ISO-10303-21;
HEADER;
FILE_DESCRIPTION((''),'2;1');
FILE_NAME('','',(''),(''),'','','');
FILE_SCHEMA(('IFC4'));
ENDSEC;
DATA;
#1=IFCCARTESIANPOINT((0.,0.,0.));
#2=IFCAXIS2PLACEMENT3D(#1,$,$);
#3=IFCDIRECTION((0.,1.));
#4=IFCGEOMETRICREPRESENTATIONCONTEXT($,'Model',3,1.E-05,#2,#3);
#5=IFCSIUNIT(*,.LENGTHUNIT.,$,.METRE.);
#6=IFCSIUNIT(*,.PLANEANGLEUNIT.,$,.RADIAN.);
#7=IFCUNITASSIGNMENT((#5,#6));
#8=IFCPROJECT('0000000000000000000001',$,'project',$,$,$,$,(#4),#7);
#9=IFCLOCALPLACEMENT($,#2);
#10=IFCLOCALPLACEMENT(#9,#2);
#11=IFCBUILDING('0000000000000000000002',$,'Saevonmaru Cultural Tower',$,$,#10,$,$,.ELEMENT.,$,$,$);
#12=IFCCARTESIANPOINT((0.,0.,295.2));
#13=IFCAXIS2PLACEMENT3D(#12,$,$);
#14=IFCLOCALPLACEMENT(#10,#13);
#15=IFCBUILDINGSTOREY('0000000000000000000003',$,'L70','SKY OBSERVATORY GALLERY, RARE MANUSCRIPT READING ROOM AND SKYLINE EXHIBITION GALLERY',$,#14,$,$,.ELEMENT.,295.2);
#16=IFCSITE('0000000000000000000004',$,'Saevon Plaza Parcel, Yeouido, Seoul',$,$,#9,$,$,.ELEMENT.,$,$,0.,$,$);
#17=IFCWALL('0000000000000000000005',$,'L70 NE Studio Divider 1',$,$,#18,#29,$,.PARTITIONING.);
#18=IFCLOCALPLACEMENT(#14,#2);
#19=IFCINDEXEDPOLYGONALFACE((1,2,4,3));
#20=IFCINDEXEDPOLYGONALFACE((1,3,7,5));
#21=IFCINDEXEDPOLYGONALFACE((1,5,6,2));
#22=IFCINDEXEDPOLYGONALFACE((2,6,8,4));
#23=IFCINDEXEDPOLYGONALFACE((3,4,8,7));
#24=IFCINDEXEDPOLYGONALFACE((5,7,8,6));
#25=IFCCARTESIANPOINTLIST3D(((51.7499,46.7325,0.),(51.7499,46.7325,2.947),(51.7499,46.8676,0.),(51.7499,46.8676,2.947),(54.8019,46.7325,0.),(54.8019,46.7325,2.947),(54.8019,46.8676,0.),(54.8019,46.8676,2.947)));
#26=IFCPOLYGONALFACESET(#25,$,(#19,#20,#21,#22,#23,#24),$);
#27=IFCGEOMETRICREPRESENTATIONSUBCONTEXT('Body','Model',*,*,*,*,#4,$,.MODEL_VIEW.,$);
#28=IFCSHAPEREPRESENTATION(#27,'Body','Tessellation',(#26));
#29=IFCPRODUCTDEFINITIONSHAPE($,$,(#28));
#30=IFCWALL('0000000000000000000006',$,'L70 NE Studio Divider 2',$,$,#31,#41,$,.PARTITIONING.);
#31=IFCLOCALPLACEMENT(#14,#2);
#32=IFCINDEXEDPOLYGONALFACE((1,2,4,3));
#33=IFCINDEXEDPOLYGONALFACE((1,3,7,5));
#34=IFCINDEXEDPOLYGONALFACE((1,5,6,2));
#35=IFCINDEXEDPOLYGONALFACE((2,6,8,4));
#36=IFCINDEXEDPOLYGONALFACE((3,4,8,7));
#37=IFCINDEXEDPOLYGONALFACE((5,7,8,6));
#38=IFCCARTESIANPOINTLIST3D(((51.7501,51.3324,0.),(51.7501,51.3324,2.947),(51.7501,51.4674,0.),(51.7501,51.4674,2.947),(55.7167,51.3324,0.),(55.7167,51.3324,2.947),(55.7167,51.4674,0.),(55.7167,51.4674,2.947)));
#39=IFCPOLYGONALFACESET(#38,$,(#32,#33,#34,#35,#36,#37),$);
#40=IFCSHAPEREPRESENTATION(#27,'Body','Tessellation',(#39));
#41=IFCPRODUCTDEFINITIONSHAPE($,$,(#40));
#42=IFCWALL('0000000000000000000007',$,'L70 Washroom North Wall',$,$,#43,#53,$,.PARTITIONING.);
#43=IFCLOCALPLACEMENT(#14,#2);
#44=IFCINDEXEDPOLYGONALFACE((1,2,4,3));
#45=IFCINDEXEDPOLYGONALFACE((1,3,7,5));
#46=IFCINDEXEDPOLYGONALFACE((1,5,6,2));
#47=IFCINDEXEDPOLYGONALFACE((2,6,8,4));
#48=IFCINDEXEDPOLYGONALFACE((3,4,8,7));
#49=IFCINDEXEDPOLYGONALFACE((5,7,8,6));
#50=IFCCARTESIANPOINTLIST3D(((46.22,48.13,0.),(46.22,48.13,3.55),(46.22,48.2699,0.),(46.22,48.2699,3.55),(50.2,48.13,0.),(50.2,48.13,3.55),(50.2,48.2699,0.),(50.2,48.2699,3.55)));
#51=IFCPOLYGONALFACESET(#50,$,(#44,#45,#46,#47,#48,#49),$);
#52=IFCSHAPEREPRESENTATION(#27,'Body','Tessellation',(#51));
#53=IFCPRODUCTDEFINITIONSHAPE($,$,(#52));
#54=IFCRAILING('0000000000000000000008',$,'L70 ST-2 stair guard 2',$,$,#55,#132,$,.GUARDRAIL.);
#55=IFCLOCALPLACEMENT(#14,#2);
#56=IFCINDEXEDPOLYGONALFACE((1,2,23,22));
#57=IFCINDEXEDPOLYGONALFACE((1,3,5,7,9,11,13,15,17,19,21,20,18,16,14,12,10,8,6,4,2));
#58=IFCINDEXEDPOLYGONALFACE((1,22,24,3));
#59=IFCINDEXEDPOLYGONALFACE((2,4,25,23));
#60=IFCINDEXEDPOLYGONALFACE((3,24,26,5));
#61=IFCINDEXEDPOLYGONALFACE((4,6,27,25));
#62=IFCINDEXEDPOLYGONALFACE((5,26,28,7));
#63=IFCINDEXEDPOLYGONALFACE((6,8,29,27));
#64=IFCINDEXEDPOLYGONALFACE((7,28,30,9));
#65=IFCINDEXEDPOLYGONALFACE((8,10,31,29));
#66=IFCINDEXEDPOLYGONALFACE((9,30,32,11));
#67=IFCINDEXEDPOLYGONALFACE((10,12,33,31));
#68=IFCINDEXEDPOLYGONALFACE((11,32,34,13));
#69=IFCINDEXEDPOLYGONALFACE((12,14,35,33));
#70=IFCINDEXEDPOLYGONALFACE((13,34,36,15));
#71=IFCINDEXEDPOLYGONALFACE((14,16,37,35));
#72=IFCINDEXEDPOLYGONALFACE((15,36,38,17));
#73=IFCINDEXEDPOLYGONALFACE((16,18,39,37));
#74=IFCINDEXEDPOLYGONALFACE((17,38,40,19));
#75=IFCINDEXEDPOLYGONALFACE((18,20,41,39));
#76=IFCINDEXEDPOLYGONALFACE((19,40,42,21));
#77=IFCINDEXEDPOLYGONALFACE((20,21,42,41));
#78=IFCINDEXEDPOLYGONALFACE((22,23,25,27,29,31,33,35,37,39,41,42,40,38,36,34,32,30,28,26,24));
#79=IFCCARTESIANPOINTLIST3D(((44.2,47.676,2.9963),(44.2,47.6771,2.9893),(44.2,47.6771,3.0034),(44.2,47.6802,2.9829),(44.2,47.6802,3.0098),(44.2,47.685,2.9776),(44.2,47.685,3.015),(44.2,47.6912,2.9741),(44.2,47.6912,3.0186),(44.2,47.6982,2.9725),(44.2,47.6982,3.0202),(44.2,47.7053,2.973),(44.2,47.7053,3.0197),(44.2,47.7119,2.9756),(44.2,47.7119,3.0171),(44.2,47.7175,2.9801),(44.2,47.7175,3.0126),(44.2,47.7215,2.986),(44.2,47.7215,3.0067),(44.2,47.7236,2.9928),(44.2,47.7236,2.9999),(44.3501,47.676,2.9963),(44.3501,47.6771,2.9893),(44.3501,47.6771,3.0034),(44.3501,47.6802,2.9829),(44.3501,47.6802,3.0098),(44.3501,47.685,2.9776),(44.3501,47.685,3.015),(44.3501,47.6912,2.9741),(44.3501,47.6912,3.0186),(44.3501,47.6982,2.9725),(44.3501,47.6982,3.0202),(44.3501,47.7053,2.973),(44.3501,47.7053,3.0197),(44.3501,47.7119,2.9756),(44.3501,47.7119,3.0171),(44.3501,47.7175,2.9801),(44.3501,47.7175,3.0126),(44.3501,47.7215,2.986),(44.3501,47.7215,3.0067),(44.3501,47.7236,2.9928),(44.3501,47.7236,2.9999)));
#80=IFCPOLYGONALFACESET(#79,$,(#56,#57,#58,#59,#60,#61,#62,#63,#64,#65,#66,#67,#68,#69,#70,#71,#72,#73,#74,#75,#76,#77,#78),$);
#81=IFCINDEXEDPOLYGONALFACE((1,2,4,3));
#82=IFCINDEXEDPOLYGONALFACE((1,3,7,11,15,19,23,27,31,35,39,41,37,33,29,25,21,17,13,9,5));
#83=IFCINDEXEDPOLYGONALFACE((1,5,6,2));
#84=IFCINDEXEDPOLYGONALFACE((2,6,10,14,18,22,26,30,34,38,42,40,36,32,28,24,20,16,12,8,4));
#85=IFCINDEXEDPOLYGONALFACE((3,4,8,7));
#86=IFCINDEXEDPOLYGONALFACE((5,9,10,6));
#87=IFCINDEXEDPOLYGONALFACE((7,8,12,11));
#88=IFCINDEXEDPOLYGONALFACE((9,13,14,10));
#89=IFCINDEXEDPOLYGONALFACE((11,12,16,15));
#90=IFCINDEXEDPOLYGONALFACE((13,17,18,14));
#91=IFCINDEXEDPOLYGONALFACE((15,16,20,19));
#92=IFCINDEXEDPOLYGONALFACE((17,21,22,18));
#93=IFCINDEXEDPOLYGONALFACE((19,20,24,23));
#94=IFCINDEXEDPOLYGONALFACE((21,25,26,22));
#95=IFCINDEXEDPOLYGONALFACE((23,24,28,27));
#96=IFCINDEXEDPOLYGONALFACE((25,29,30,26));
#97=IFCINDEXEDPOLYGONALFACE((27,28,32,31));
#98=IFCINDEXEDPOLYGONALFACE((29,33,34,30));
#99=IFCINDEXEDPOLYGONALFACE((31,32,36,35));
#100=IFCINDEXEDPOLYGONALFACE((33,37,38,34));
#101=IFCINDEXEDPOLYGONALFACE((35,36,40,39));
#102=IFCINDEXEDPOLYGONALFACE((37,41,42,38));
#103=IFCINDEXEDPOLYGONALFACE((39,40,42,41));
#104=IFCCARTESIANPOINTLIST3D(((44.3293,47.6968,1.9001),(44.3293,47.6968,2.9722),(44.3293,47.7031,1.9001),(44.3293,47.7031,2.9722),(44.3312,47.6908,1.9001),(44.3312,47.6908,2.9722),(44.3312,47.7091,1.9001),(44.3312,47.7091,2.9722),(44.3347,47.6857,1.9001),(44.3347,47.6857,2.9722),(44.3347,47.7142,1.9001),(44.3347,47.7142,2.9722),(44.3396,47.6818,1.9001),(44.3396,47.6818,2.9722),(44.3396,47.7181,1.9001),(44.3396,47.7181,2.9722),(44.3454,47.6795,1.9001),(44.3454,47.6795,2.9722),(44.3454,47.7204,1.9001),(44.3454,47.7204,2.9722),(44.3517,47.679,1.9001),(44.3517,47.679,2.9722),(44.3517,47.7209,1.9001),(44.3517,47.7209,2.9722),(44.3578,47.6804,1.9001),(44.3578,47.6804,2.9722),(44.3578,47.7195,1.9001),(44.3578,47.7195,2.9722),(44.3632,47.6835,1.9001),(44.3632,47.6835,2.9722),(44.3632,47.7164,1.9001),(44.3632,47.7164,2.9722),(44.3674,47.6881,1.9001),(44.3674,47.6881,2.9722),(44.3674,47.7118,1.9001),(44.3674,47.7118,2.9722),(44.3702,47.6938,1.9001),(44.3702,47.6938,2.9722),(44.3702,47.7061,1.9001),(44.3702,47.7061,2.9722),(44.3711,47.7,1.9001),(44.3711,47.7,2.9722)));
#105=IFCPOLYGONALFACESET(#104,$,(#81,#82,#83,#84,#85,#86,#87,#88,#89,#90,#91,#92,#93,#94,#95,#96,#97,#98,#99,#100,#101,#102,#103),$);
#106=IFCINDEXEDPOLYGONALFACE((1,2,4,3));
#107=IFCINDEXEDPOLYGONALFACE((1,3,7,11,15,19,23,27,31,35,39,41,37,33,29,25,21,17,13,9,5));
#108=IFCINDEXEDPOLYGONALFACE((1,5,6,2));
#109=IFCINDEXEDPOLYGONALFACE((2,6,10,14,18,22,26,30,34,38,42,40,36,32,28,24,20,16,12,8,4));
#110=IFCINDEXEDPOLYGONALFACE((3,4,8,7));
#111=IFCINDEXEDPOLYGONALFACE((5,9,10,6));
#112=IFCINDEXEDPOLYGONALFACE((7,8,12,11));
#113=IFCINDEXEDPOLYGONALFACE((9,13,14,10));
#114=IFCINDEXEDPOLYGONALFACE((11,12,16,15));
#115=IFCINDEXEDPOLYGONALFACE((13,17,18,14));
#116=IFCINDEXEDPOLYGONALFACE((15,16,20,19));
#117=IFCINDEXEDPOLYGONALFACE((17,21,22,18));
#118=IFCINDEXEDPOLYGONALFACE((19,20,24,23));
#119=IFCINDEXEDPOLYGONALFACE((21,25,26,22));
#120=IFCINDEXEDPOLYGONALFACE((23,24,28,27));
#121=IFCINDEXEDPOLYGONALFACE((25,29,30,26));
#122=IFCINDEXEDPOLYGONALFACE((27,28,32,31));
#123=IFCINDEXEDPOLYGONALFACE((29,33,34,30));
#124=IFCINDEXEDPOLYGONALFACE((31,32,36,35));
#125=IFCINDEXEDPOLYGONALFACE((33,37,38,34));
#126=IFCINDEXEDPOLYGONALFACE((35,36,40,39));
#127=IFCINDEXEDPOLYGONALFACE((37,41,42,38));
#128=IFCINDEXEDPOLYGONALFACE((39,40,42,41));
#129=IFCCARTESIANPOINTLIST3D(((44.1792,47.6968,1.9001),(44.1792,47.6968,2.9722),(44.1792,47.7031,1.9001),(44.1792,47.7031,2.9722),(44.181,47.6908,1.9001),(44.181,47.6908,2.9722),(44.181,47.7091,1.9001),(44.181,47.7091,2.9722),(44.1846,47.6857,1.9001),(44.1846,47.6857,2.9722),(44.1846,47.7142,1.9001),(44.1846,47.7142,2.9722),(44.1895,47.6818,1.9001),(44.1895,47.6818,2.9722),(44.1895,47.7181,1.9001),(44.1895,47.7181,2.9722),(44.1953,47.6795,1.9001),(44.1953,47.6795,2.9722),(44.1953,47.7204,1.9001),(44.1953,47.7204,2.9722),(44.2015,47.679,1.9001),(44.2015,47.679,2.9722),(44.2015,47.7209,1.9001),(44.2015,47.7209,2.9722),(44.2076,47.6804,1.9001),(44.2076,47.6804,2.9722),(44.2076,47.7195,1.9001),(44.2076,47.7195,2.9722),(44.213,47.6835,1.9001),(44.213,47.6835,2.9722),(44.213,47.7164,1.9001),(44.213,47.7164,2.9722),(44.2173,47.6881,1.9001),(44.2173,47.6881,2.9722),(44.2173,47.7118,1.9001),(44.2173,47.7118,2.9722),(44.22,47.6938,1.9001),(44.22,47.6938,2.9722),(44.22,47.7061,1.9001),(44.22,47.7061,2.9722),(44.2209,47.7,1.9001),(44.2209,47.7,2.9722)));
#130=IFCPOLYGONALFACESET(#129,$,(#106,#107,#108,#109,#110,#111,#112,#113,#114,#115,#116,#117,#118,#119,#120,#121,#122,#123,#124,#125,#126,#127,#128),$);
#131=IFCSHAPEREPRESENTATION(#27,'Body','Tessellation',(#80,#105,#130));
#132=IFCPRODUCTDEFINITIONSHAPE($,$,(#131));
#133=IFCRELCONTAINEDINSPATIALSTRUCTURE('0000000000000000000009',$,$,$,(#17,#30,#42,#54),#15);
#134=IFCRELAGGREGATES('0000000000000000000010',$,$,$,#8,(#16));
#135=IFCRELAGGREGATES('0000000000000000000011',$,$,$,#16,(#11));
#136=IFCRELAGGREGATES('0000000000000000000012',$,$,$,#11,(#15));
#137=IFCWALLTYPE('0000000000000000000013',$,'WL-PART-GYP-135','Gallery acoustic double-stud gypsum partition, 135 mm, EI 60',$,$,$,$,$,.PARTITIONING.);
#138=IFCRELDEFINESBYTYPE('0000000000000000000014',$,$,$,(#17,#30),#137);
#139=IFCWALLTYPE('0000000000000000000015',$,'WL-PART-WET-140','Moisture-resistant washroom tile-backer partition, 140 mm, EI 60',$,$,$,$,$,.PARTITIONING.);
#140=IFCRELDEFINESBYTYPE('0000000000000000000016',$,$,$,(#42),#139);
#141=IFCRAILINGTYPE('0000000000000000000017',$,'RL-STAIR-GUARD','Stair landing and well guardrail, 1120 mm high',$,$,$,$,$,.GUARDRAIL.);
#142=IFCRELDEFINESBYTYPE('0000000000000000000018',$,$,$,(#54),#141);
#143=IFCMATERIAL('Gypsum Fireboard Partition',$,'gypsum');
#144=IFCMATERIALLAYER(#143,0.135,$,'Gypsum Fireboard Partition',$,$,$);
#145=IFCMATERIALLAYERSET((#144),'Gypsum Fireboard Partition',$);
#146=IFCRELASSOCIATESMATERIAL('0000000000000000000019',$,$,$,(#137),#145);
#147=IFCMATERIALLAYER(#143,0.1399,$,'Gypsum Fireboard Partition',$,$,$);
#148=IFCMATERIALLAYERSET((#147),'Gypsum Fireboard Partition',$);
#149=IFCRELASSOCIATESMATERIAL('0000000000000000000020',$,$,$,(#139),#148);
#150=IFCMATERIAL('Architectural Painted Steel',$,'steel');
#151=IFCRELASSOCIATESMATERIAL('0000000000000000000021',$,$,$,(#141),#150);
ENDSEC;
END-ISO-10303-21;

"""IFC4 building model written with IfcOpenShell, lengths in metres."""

from ifc_helpers import new_model, si_unit, direction, frame, frame_2d, origin, origin_2d, place, context, subcontext, project, spatial, rectangle, circle, extrude, material, layer, layer_set, type_object, element, save


model = new_model("IFC4")

# Units and contexts
model_context = context("Model", 3, precision=1e-05, world=origin(), true_north=direction((0.0, 1.0)))
body_context = subcontext(model_context, "Body", "Model", "MODEL_VIEW")
ifc_project = project(units=[si_unit("LENGTHUNIT", "METRE"), si_unit("PLANEANGLEUNIT", "RADIAN")], contexts=[model_context])

# Site, building, storey
site_placement = place(None, origin())
site = spatial("IfcSite", under=ifc_project, at=site_placement, Name="Saevon Plaza Parcel, Yeouido, Seoul", CompositionType="ELEMENT", RefElevation=0.0)
building_placement = place(site_placement, origin())
building = spatial("IfcBuilding", under=site, at=building_placement, Name="Saevonmaru Cultural Tower", CompositionType="ELEMENT")
storey_placement = place(building_placement, frame((0.0, 0.0, 295.2)))
storey = spatial("IfcBuildingStorey", under=building, at=storey_placement, Name="L70", Description="SKY OBSERVATORY GALLERY, RARE MANUSCRIPT READING ROOM AND SKYLINE EXHIBITION GALLERY", CompositionType="ELEMENT", Elevation=295.2)

# Shared definitions
ifc_material_1 = material(Name="Gypsum Fireboard Partition", Category="gypsum")

# Walls
ifc_layer_1 = layer(ifc_material_1, 0.135, Name="Gypsum Fireboard Partition")
ifc_layer_set_1 = layer_set([ifc_layer_1], Name="Gypsum Fireboard Partition")
wall_type_1 = type_object("IfcWallType", Name="WL-PART-GYP-135", Description="Gallery acoustic double-stud gypsum partition, 135 mm, EI 60", PredefinedType="PARTITIONING", material=ifc_layer_set_1)
wall_1_placement = place(storey_placement, frame((51.75, 46.8, 0.0), z_axis=(0.0, 0.0, 1.0), x_axis=(1.0, 0.0, 0.0)))
element("IfcWall", 1, at=wall_1_placement, inside=storey, type_object=wall_type_1, Name="L70 NE Studio Divider 1", PredefinedType="PARTITIONING", context=body_context, shape_type="SweptSolid", body=[
    extrude(rectangle(XDim=3.052, YDim=0.135, at=frame_2d((1.5259, 0.0))), origin(), (0.0, 0.0, 1.0), 2.947),
])
wall_2_placement = place(storey_placement, frame((51.75, 51.3999, 0.0), z_axis=(0.0, 0.0, 1.0), x_axis=(1.0, 0.0, 0.0)))
element("IfcWall", 2, at=wall_2_placement, inside=storey, type_object=wall_type_1, Name="L70 NE Studio Divider 2", PredefinedType="PARTITIONING", context=body_context, shape_type="SweptSolid", body=[
    extrude(rectangle(XDim=3.9666, YDim=0.135, at=frame_2d((1.9834, 0.0))), origin(), (0.0, 0.0, 1.0), 2.947),
])
ifc_layer_2 = layer(ifc_material_1, 0.1399, Name="Gypsum Fireboard Partition")
ifc_layer_set_2 = layer_set([ifc_layer_2], Name="Gypsum Fireboard Partition")
wall_type_2 = type_object("IfcWallType", Name="WL-PART-WET-140", Description="Moisture-resistant washroom tile-backer partition, 140 mm, EI 60", PredefinedType="PARTITIONING", material=ifc_layer_set_2)
wall_3_placement = place(storey_placement, frame((46.22, 48.2, 0.0), z_axis=(0.0, 0.0, 1.0), x_axis=(1.0, 0.0, 0.0)))
element("IfcWall", 3, at=wall_3_placement, inside=storey, type_object=wall_type_2, Name="L70 Washroom North Wall", PredefinedType="PARTITIONING", context=body_context, shape_type="SweptSolid", body=[
    extrude(rectangle(XDim=3.98, YDim=0.1399, at=frame_2d((1.99, 0.0))), origin(), (0.0, 0.0, 1.0), 3.55),
])

# Railing
ifc_material_2 = material(Name="Architectural Painted Steel", Category="steel")
railing_type = type_object("IfcRailingType", Name="RL-STAIR-GUARD", Description="Stair landing and well guardrail, 1120 mm high", PredefinedType="GUARDRAIL", material=ifc_material_2)
railing_placement = place(storey_placement, frame((44.3501, 47.7, 1.9001)))
element("IfcRailing", 4, at=railing_placement, inside=storey, type_object=railing_type, Name="L70 ST-2 stair guard 2", PredefinedType="GUARDRAIL", context=body_context, shape_type="SweptSolid", body=[
    extrude(circle(Radius=0.0239, at=origin_2d()), frame((0.0, 0.0, 1.0962), z_axis=(-1.0, 0.0, 0.0), x_axis=(0.0, -1.0, 0.0)), (0.0, 0.0, 1.0), 0.1501),
    extrude(circle(Radius=0.021, at=origin_2d()), origin(), (0.0, 0.0, 1.0), 1.072),
    extrude(circle(Radius=0.021, at=origin_2d()), frame((-0.1501, 0.0, 0.0)), (0.0, 0.0, 1.0), 1.072),
])

save(model, "model.ifc")
